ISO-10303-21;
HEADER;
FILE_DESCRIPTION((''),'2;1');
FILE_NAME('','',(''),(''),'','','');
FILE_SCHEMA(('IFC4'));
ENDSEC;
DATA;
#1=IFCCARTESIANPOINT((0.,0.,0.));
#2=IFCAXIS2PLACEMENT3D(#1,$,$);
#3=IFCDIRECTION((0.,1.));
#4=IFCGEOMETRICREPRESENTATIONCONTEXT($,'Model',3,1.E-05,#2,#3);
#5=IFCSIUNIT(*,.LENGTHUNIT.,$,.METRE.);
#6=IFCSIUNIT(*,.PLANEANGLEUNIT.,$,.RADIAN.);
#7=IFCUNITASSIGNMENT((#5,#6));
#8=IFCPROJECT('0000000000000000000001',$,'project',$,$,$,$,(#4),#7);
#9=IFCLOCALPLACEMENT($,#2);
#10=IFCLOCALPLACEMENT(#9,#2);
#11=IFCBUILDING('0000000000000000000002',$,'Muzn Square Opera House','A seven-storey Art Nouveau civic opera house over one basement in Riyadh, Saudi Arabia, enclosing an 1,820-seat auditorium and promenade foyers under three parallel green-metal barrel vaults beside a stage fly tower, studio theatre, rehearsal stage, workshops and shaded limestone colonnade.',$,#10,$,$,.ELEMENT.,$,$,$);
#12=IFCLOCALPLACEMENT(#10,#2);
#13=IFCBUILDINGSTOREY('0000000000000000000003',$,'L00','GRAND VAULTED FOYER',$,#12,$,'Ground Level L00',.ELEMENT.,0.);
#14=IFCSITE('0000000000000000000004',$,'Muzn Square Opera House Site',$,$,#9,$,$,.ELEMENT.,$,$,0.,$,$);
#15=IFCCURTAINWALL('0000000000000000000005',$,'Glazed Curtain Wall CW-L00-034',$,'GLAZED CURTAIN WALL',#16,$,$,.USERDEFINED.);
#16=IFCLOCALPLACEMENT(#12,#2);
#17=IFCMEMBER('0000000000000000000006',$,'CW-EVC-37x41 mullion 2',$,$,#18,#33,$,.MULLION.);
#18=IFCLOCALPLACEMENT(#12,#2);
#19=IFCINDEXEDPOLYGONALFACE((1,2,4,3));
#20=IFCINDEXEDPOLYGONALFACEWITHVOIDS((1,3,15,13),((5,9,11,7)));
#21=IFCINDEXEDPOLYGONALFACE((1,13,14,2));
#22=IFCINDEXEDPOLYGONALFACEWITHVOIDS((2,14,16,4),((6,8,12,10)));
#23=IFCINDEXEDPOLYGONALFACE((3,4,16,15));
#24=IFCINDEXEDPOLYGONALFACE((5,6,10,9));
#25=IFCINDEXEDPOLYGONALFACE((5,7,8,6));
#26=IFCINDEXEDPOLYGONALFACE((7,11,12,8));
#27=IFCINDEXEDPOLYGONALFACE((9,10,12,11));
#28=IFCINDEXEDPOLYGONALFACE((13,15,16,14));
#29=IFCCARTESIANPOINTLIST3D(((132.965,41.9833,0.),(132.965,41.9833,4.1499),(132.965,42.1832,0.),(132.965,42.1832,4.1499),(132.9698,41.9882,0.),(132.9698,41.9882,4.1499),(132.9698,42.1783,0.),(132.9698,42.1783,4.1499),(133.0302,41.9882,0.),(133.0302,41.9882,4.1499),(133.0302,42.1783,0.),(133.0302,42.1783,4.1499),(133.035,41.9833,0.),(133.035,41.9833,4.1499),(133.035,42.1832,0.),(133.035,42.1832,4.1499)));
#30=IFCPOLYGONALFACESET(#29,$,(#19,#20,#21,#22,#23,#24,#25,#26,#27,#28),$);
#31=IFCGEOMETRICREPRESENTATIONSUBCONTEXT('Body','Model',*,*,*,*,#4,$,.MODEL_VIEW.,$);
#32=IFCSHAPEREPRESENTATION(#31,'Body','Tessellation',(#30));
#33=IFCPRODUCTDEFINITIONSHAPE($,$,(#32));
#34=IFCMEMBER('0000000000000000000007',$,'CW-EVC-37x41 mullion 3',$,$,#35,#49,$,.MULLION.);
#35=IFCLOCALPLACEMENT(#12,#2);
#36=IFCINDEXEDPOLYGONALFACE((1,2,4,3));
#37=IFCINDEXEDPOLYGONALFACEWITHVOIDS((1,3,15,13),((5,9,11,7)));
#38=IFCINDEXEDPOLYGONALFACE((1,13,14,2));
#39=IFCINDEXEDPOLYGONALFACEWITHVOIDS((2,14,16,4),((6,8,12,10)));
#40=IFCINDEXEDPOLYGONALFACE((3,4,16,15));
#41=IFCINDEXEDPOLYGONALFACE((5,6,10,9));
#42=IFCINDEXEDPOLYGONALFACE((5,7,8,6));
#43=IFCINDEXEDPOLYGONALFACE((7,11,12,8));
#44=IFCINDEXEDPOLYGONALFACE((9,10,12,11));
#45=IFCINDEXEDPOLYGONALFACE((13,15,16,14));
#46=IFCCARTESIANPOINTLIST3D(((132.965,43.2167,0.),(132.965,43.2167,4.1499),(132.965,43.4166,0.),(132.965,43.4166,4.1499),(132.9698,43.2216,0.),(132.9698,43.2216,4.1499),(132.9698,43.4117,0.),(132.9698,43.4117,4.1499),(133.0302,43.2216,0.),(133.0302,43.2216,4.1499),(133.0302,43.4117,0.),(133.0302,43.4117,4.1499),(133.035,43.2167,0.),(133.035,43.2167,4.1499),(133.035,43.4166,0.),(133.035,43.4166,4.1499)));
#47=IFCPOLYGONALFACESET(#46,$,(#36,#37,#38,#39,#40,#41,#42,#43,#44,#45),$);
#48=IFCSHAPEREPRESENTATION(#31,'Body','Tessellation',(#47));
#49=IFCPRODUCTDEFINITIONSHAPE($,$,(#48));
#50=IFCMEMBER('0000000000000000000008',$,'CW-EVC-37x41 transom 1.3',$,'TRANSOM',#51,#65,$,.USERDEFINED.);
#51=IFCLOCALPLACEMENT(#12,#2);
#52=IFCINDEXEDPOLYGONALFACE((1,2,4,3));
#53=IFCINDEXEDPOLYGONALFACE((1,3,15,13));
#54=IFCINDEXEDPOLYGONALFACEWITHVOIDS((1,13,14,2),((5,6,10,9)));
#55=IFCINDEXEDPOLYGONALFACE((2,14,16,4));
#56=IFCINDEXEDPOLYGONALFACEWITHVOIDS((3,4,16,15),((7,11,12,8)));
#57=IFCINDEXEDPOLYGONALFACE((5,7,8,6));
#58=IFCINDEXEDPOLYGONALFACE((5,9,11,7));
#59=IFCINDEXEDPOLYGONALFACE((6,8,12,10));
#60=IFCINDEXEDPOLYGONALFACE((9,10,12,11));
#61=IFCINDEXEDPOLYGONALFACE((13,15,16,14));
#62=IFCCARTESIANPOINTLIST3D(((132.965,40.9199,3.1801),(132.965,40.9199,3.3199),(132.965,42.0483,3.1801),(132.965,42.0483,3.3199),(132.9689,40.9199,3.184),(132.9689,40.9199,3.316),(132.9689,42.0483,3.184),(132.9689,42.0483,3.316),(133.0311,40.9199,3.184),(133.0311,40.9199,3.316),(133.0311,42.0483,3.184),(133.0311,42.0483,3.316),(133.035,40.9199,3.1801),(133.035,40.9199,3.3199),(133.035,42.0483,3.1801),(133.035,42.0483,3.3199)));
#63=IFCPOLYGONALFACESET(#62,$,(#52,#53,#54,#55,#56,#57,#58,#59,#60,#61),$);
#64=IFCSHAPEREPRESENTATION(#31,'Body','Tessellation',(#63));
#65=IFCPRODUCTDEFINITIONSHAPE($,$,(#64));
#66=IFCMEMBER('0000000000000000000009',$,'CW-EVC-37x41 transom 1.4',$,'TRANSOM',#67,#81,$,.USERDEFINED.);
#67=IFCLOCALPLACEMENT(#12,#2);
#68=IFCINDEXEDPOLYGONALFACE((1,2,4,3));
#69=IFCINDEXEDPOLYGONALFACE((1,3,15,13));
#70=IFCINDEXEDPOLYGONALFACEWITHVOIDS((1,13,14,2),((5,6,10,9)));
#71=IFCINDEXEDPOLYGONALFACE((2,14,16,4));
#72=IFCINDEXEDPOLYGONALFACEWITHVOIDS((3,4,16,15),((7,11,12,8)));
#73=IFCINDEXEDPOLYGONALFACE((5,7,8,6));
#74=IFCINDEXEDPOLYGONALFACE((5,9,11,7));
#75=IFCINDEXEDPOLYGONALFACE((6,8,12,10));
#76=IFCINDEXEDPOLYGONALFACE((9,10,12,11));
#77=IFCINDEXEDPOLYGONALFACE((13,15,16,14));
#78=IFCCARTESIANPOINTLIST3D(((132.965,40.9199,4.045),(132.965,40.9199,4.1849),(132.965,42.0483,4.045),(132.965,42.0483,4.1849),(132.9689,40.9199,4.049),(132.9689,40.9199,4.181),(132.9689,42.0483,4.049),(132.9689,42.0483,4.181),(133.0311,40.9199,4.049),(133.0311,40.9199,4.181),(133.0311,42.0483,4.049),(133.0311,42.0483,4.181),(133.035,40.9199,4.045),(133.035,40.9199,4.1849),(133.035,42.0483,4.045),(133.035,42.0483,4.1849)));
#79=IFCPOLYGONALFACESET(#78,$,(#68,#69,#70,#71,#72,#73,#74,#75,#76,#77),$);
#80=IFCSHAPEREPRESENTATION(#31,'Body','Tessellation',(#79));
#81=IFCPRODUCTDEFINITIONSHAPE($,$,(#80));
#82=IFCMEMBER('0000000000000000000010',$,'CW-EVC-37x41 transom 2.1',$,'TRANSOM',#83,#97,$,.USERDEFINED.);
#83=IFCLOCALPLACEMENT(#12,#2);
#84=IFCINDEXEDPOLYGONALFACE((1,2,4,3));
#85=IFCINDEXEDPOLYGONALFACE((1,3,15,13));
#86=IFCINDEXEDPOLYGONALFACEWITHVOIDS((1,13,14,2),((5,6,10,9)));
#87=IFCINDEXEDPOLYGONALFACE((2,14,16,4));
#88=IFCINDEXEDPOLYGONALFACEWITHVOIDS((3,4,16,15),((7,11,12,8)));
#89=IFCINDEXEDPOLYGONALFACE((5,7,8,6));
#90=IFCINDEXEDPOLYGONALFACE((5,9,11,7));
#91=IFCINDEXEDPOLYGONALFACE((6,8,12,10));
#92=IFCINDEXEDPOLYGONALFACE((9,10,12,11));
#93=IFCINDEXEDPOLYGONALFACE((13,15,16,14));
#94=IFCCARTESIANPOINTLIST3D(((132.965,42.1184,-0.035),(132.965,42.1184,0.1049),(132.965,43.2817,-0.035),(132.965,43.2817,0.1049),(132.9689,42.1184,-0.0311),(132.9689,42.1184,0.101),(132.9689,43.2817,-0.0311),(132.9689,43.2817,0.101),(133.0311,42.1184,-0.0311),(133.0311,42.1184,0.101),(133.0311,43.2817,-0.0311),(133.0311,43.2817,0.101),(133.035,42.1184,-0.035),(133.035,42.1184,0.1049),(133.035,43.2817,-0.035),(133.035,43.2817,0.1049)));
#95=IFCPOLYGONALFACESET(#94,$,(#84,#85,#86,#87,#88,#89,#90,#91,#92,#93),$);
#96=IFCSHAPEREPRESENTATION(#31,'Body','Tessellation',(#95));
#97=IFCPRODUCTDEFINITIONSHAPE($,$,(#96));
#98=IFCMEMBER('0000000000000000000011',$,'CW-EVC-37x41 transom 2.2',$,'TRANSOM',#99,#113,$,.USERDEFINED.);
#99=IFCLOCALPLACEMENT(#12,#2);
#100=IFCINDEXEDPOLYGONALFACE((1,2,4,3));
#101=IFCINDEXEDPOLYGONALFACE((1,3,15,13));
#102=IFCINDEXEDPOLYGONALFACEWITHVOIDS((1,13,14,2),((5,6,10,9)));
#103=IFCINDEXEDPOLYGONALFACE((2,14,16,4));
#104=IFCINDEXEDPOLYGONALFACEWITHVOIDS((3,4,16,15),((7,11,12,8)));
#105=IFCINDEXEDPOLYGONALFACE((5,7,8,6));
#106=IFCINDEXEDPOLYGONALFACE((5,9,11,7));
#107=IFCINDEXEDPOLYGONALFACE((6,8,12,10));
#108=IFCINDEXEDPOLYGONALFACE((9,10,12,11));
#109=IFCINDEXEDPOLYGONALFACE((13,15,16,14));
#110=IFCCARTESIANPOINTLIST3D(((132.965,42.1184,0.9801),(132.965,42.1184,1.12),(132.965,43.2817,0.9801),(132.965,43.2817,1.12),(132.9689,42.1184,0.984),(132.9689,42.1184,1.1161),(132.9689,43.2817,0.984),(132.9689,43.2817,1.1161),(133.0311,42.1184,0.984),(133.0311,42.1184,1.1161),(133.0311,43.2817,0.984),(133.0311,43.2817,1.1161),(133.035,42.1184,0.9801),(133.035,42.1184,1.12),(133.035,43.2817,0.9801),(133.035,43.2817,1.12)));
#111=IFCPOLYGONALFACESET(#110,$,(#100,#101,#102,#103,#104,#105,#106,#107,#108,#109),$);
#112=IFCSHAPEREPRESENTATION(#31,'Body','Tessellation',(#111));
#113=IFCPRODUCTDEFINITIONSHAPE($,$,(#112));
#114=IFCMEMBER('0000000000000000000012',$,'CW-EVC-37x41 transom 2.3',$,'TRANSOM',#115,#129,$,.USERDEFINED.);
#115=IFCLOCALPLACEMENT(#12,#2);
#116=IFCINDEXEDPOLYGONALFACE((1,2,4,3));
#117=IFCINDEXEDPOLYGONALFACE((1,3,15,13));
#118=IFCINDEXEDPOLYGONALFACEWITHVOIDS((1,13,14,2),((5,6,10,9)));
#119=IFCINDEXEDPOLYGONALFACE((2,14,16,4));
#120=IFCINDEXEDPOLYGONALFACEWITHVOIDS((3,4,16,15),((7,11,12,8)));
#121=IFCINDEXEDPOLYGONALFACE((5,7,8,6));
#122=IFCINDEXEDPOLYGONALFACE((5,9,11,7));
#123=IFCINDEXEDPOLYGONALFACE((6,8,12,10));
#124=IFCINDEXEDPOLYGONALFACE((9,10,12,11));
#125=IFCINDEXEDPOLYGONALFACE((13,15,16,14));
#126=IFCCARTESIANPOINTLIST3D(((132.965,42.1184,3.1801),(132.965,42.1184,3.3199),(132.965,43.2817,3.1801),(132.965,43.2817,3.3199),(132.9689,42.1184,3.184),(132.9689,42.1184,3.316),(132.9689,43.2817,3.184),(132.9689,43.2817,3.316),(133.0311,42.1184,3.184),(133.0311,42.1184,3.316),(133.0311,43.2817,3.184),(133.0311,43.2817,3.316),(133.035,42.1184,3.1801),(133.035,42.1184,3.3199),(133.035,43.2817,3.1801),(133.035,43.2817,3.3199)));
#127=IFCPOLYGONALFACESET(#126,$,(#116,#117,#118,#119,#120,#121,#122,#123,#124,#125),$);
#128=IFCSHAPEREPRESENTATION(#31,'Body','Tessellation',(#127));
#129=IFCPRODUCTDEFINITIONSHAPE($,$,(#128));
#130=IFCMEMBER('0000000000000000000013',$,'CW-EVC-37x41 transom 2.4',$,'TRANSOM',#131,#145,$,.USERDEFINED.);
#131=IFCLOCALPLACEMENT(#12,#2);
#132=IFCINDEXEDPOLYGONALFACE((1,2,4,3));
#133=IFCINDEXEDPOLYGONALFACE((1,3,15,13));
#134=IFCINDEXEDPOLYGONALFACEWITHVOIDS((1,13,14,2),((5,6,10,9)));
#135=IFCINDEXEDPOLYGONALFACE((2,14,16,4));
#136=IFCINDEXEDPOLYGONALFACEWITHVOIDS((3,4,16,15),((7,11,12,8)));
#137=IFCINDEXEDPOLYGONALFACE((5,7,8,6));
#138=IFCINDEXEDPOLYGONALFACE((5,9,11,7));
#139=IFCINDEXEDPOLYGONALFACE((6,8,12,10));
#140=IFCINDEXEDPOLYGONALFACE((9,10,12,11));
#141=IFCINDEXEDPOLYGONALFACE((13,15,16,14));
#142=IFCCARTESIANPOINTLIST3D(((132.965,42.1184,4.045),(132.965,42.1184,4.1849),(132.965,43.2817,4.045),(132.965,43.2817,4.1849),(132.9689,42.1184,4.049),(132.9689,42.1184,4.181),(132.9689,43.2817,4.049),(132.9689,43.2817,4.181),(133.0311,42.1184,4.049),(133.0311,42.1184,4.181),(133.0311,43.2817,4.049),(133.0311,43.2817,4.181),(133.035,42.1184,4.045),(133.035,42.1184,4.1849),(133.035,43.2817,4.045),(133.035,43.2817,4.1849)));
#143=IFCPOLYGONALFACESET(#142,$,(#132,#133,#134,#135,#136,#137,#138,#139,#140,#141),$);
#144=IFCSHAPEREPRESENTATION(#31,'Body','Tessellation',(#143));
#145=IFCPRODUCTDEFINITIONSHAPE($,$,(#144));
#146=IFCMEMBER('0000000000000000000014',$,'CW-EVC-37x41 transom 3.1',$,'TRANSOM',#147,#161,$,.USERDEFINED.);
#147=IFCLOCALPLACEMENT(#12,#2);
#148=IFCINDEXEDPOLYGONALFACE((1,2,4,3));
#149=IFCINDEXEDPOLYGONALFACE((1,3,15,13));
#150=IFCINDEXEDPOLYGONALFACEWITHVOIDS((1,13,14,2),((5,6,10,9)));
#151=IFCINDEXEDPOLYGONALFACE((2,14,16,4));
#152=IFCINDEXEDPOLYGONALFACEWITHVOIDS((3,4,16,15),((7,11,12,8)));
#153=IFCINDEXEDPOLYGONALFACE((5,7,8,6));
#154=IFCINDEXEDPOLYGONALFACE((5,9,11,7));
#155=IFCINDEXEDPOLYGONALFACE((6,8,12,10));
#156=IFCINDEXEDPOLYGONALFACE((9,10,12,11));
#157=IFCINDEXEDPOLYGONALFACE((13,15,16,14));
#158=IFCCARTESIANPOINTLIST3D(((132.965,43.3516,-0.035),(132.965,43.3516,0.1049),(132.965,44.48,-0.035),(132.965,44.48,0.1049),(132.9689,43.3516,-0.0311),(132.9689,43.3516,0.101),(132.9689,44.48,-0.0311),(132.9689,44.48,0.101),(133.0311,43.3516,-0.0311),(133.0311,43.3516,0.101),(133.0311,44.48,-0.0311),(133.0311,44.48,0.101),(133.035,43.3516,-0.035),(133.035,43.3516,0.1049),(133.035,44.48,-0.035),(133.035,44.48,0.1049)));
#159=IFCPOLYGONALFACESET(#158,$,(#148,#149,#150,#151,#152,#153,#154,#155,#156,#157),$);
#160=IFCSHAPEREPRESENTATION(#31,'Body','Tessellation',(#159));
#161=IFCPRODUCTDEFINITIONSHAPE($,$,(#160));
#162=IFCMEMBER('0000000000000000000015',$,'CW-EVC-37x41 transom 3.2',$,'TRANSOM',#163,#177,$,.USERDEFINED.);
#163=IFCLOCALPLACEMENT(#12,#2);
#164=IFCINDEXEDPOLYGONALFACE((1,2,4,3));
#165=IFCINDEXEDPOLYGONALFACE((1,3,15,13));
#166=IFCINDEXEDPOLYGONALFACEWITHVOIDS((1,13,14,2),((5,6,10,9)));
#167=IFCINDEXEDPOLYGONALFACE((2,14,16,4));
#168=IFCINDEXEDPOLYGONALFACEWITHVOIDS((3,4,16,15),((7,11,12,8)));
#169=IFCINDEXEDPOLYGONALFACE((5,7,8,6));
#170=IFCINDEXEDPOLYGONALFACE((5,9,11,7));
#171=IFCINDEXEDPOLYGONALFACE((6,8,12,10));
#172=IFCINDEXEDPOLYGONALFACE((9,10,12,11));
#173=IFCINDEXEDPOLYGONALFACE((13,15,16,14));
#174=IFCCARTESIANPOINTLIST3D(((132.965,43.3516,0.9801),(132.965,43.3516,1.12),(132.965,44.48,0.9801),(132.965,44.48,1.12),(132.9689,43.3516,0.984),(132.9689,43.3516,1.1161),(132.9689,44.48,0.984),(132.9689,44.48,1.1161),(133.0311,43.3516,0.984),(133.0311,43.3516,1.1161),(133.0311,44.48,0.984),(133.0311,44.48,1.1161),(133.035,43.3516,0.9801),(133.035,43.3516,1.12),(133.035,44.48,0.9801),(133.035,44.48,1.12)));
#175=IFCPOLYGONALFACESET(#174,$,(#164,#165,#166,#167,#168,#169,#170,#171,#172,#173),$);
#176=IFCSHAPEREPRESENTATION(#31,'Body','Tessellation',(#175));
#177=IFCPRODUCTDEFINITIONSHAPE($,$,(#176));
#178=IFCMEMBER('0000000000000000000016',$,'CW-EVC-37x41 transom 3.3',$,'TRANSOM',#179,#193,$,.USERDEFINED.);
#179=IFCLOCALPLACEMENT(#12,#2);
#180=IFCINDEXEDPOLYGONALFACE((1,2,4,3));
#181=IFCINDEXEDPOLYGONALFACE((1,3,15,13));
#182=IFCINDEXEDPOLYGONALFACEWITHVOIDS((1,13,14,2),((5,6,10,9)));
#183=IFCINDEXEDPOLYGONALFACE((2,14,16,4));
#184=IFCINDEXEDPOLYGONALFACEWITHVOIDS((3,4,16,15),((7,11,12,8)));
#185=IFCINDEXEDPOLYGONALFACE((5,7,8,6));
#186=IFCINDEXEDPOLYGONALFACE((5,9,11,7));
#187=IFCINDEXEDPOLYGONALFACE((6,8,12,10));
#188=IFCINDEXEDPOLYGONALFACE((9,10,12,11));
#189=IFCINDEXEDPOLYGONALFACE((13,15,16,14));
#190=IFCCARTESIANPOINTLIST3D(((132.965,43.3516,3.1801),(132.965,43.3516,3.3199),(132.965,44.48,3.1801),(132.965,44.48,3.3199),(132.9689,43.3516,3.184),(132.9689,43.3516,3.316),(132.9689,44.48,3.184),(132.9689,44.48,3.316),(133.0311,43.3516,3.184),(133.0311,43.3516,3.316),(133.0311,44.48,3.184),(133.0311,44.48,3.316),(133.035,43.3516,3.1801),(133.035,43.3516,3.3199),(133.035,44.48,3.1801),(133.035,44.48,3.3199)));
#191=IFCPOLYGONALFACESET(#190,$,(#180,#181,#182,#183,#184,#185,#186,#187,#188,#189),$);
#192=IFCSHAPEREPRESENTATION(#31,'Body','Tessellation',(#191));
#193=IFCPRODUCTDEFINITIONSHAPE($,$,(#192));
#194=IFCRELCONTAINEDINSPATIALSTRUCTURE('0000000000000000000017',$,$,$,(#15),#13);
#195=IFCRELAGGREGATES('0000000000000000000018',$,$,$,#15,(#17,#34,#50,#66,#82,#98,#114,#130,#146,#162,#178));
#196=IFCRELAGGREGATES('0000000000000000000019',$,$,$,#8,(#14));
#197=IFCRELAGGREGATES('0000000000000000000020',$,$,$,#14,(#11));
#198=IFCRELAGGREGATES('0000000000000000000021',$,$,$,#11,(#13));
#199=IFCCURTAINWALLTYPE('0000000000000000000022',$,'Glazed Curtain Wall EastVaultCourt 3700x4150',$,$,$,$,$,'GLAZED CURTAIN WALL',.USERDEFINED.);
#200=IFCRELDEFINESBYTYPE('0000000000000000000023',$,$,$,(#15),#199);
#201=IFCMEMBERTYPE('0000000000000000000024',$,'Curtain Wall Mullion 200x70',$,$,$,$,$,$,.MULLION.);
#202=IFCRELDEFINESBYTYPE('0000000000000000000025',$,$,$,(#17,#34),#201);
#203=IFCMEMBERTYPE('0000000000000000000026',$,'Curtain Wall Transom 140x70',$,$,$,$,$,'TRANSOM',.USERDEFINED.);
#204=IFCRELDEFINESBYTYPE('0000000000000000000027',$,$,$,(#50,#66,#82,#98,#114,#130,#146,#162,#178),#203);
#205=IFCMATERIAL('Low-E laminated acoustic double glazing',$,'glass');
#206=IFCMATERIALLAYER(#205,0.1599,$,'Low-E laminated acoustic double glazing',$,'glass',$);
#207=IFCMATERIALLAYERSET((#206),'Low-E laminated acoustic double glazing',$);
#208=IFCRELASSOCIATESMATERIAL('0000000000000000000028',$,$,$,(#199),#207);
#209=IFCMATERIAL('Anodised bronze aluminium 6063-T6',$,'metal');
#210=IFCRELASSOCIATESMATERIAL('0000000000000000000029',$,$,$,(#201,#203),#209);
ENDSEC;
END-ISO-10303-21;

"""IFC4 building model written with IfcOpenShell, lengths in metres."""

from ifc_helpers import new_model, si_unit, direction, frame, origin, origin_2d, place, context, subcontext, project, spatial, hollow_rectangle, extrude, material, layer, layer_set, material_profile, profile_set, type_object, element, aggregate, save


model = new_model("IFC4")

# Units and contexts
model_context = context("Model", 3, precision=1e-05, world=origin(), true_north=direction((0.0, 1.0)))
body_context = subcontext(model_context, "Body", "Model", "MODEL_VIEW")
ifc_project = project(units=[si_unit("LENGTHUNIT", "METRE"), si_unit("PLANEANGLEUNIT", "RADIAN")], contexts=[model_context])

# Site, building, storey
site_placement = place(None, origin())
site = spatial("IfcSite", under=ifc_project, at=site_placement, Name="Muzn Square Opera House Site", CompositionType="ELEMENT", RefElevation=0.0)
building_placement = place(site_placement, origin())
building = spatial("IfcBuilding", under=site, at=building_placement, Name="Muzn Square Opera House", Description="A seven-storey Art Nouveau civic opera house over one basement in Riyadh, Saudi Arabia, enclosing an 1,820-seat auditorium and promenade foyers under three parallel green-metal barrel vaults beside a stage fly tower, studio theatre, rehearsal stage, workshops and shaded limestone colonnade.", CompositionType="ELEMENT")
storey_placement = place(building_placement, origin())
storey = spatial("IfcBuildingStorey", under=building, at=storey_placement, Name="L00", Description="GRAND VAULTED FOYER", LongName="Ground Level L00", CompositionType="ELEMENT", Elevation=0.0)

# Curtain wall, members
ifc_material_1 = material(Name="Low-E laminated acoustic double glazing", Category="glass")
ifc_layer_1 = layer(ifc_material_1, 0.1599, Name="Low-E laminated acoustic double glazing", Category="glass")
ifc_layer_set_1 = layer_set([ifc_layer_1], Name="Low-E laminated acoustic double glazing")
curtain_wall_type = type_object("IfcCurtainWallType", Name="Glazed Curtain Wall EastVaultCourt 3700x4150", ElementType="GLAZED CURTAIN WALL", PredefinedType="USERDEFINED", material=ifc_layer_set_1)
curtain_wall_placement = place(storey_placement, origin())
curtain_wall = element("IfcCurtainWall", 1, at=curtain_wall_placement, inside=storey, type_object=curtain_wall_type, Name="Glazed Curtain Wall CW-L00-034", ObjectType="GLAZED CURTAIN WALL", PredefinedType="USERDEFINED")
ifc_material_2 = material(Name="Anodised bronze aluminium 6063-T6", Category="metal")
ifc_material_profile_1 = material_profile(ifc_material_2, hollow_rectangle(XDim=0.0701, YDim=0.2, WallThickness=0.0049, at=origin_2d()), Name="ALU 200x70x5", Category="metal")
ifc_profile_set_1 = profile_set([ifc_material_profile_1], Name="Anodised bronze aluminium 6063-T6")
member_type_1 = type_object("IfcMemberType", Name="Curtain Wall Mullion 200x70", PredefinedType="MULLION", material=ifc_profile_set_1)
member_1_placement = place(storey_placement, frame((133.0, 42.0833, 0.0), z_axis=(0.0, 0.0, 1.0), x_axis=(-1.0, 0.0, 0.0)))
member_1 = element("IfcMember", 2, at=member_1_placement, type_object=member_type_1, Name="CW-EVC-37x41 mullion 2", PredefinedType="MULLION", context=body_context, shape_type="SweptSolid", body=[
    extrude(hollow_rectangle(XDim=0.0701, YDim=0.2, WallThickness=0.0049, at=origin_2d()), origin(), (0.0, 0.0, 1.0), 4.1499),
])
member_2_placement = place(storey_placement, frame((133.0, 43.3167, 0.0), z_axis=(0.0, 0.0, 1.0), x_axis=(-1.0, 0.0, 0.0)))
member_2 = element("IfcMember", 3, at=member_2_placement, type_object=member_type_1, Name="CW-EVC-37x41 mullion 3", PredefinedType="MULLION", context=body_context, shape_type="SweptSolid", body=[
    extrude(hollow_rectangle(XDim=0.0701, YDim=0.2, WallThickness=0.0049, at=origin_2d()), origin(), (0.0, 0.0, 1.0), 4.1499),
])
ifc_material_profile_2 = material_profile(ifc_material_2, hollow_rectangle(XDim=0.0701, YDim=0.1399, WallThickness=0.0039, at=origin_2d()), Name="ALU 140x70x4", Category="metal")
ifc_profile_set_2 = profile_set([ifc_material_profile_2], Name="Anodised bronze aluminium 6063-T6")
member_type_2 = type_object("IfcMemberType", Name="Curtain Wall Transom 140x70", ElementType="TRANSOM", PredefinedType="USERDEFINED", material=ifc_profile_set_2)
member_3_placement = place(storey_placement, frame((133.0, 40.9199, 3.25), z_axis=(0.0, 1.0, 0.0), x_axis=(-1.0, 0.0, 0.0)))
member_3 = element("IfcMember", 4, at=member_3_placement, type_object=member_type_2, Name="CW-EVC-37x41 transom 1.3", ObjectType="TRANSOM", PredefinedType="USERDEFINED", context=body_context, shape_type="SweptSolid", body=[
    extrude(hollow_rectangle(XDim=0.0701, YDim=0.1399, WallThickness=0.0039, at=origin_2d()), origin(), (0.0, 0.0, 1.0), 1.1284),
])
member_4_placement = place(storey_placement, frame((133.0, 40.9199, 4.115), z_axis=(0.0, 1.0, 0.0), x_axis=(-1.0, 0.0, 0.0)))
member_4 = element("IfcMember", 5, at=member_4_placement, type_object=member_type_2, Name="CW-EVC-37x41 transom 1.4", ObjectType="TRANSOM", PredefinedType="USERDEFINED", context=body_context, shape_type="SweptSolid", body=[
    extrude(hollow_rectangle(XDim=0.0701, YDim=0.1399, WallThickness=0.0039, at=origin_2d()), origin(), (0.0, 0.0, 1.0), 1.1284),
])
member_5_placement = place(storey_placement, frame((133.0, 42.1184, 0.0349), z_axis=(0.0, 1.0, 0.0), x_axis=(-1.0, 0.0, 0.0)))
member_5 = element("IfcMember", 6, at=member_5_placement, type_object=member_type_2, Name="CW-EVC-37x41 transom 2.1", ObjectType="TRANSOM", PredefinedType="USERDEFINED", context=body_context, shape_type="SweptSolid", body=[
    extrude(hollow_rectangle(XDim=0.0701, YDim=0.1399, WallThickness=0.0039, at=origin_2d()), origin(), (0.0, 0.0, 1.0), 1.1633),
])
member_6_placement = place(storey_placement, frame((133.0, 42.1184, 1.05), z_axis=(0.0, 1.0, 0.0), x_axis=(-1.0, 0.0, 0.0)))
member_6 = element("IfcMember", 7, at=member_6_placement, type_object=member_type_2, Name="CW-EVC-37x41 transom 2.2", ObjectType="TRANSOM", PredefinedType="USERDEFINED", context=body_context, shape_type="SweptSolid", body=[
    extrude(hollow_rectangle(XDim=0.0701, YDim=0.1399, WallThickness=0.0039, at=origin_2d()), origin(), (0.0, 0.0, 1.0), 1.1633),
])
member_7_placement = place(storey_placement, frame((133.0, 42.1184, 3.25), z_axis=(0.0, 1.0, 0.0), x_axis=(-1.0, 0.0, 0.0)))
member_7 = element("IfcMember", 8, at=member_7_placement, type_object=member_type_2, Name="CW-EVC-37x41 transom 2.3", ObjectType="TRANSOM", PredefinedType="USERDEFINED", context=body_context, shape_type="SweptSolid", body=[
    extrude(hollow_rectangle(XDim=0.0701, YDim=0.1399, WallThickness=0.0039, at=origin_2d()), origin(), (0.0, 0.0, 1.0), 1.1633),
])
member_8_placement = place(storey_placement, frame((133.0, 42.1184, 4.115), z_axis=(0.0, 1.0, 0.0), x_axis=(-1.0, 0.0, 0.0)))
member_8 = element("IfcMember", 9, at=member_8_placement, type_object=member_type_2, Name="CW-EVC-37x41 transom 2.4", ObjectType="TRANSOM", PredefinedType="USERDEFINED", context=body_context, shape_type="SweptSolid", body=[
    extrude(hollow_rectangle(XDim=0.0701, YDim=0.1399, WallThickness=0.0039, at=origin_2d()), origin(), (0.0, 0.0, 1.0), 1.1633),
])
member_9_placement = place(storey_placement, frame((133.0, 43.3516, 0.0349), z_axis=(0.0, 1.0, 0.0), x_axis=(-1.0, 0.0, 0.0)))
member_9 = element("IfcMember", 10, at=member_9_placement, type_object=member_type_2, Name="CW-EVC-37x41 transom 3.1", ObjectType="TRANSOM", PredefinedType="USERDEFINED", context=body_context, shape_type="SweptSolid", body=[
    extrude(hollow_rectangle(XDim=0.0701, YDim=0.1399, WallThickness=0.0039, at=origin_2d()), origin(), (0.0, 0.0, 1.0), 1.1284),
])
member_10_placement = place(storey_placement, frame((133.0, 43.3516, 1.05), z_axis=(0.0, 1.0, 0.0), x_axis=(-1.0, 0.0, 0.0)))
member_10 = element("IfcMember", 11, at=member_10_placement, type_object=member_type_2, Name="CW-EVC-37x41 transom 3.2", ObjectType="TRANSOM", PredefinedType="USERDEFINED", context=body_context, shape_type="SweptSolid", body=[
    extrude(hollow_rectangle(XDim=0.0701, YDim=0.1399, WallThickness=0.0039, at=origin_2d()), origin(), (0.0, 0.0, 1.0), 1.1284),
])
member_11_placement = place(storey_placement, frame((133.0, 43.3516, 3.25), z_axis=(0.0, 1.0, 0.0), x_axis=(-1.0, 0.0, 0.0)))
member_11 = element("IfcMember", 12, at=member_11_placement, type_object=member_type_2, Name="CW-EVC-37x41 transom 3.3", ObjectType="TRANSOM", PredefinedType="USERDEFINED", context=body_context, shape_type="SweptSolid", body=[
    extrude(hollow_rectangle(XDim=0.0701, YDim=0.1399, WallThickness=0.0039, at=origin_2d()), origin(), (0.0, 0.0, 1.0), 1.1284),
])
aggregate(curtain_wall, [member_1, member_2, member_3, member_4, member_5, member_6, member_7, member_8, member_9, member_10, member_11])

save(model, "model.ifc")
